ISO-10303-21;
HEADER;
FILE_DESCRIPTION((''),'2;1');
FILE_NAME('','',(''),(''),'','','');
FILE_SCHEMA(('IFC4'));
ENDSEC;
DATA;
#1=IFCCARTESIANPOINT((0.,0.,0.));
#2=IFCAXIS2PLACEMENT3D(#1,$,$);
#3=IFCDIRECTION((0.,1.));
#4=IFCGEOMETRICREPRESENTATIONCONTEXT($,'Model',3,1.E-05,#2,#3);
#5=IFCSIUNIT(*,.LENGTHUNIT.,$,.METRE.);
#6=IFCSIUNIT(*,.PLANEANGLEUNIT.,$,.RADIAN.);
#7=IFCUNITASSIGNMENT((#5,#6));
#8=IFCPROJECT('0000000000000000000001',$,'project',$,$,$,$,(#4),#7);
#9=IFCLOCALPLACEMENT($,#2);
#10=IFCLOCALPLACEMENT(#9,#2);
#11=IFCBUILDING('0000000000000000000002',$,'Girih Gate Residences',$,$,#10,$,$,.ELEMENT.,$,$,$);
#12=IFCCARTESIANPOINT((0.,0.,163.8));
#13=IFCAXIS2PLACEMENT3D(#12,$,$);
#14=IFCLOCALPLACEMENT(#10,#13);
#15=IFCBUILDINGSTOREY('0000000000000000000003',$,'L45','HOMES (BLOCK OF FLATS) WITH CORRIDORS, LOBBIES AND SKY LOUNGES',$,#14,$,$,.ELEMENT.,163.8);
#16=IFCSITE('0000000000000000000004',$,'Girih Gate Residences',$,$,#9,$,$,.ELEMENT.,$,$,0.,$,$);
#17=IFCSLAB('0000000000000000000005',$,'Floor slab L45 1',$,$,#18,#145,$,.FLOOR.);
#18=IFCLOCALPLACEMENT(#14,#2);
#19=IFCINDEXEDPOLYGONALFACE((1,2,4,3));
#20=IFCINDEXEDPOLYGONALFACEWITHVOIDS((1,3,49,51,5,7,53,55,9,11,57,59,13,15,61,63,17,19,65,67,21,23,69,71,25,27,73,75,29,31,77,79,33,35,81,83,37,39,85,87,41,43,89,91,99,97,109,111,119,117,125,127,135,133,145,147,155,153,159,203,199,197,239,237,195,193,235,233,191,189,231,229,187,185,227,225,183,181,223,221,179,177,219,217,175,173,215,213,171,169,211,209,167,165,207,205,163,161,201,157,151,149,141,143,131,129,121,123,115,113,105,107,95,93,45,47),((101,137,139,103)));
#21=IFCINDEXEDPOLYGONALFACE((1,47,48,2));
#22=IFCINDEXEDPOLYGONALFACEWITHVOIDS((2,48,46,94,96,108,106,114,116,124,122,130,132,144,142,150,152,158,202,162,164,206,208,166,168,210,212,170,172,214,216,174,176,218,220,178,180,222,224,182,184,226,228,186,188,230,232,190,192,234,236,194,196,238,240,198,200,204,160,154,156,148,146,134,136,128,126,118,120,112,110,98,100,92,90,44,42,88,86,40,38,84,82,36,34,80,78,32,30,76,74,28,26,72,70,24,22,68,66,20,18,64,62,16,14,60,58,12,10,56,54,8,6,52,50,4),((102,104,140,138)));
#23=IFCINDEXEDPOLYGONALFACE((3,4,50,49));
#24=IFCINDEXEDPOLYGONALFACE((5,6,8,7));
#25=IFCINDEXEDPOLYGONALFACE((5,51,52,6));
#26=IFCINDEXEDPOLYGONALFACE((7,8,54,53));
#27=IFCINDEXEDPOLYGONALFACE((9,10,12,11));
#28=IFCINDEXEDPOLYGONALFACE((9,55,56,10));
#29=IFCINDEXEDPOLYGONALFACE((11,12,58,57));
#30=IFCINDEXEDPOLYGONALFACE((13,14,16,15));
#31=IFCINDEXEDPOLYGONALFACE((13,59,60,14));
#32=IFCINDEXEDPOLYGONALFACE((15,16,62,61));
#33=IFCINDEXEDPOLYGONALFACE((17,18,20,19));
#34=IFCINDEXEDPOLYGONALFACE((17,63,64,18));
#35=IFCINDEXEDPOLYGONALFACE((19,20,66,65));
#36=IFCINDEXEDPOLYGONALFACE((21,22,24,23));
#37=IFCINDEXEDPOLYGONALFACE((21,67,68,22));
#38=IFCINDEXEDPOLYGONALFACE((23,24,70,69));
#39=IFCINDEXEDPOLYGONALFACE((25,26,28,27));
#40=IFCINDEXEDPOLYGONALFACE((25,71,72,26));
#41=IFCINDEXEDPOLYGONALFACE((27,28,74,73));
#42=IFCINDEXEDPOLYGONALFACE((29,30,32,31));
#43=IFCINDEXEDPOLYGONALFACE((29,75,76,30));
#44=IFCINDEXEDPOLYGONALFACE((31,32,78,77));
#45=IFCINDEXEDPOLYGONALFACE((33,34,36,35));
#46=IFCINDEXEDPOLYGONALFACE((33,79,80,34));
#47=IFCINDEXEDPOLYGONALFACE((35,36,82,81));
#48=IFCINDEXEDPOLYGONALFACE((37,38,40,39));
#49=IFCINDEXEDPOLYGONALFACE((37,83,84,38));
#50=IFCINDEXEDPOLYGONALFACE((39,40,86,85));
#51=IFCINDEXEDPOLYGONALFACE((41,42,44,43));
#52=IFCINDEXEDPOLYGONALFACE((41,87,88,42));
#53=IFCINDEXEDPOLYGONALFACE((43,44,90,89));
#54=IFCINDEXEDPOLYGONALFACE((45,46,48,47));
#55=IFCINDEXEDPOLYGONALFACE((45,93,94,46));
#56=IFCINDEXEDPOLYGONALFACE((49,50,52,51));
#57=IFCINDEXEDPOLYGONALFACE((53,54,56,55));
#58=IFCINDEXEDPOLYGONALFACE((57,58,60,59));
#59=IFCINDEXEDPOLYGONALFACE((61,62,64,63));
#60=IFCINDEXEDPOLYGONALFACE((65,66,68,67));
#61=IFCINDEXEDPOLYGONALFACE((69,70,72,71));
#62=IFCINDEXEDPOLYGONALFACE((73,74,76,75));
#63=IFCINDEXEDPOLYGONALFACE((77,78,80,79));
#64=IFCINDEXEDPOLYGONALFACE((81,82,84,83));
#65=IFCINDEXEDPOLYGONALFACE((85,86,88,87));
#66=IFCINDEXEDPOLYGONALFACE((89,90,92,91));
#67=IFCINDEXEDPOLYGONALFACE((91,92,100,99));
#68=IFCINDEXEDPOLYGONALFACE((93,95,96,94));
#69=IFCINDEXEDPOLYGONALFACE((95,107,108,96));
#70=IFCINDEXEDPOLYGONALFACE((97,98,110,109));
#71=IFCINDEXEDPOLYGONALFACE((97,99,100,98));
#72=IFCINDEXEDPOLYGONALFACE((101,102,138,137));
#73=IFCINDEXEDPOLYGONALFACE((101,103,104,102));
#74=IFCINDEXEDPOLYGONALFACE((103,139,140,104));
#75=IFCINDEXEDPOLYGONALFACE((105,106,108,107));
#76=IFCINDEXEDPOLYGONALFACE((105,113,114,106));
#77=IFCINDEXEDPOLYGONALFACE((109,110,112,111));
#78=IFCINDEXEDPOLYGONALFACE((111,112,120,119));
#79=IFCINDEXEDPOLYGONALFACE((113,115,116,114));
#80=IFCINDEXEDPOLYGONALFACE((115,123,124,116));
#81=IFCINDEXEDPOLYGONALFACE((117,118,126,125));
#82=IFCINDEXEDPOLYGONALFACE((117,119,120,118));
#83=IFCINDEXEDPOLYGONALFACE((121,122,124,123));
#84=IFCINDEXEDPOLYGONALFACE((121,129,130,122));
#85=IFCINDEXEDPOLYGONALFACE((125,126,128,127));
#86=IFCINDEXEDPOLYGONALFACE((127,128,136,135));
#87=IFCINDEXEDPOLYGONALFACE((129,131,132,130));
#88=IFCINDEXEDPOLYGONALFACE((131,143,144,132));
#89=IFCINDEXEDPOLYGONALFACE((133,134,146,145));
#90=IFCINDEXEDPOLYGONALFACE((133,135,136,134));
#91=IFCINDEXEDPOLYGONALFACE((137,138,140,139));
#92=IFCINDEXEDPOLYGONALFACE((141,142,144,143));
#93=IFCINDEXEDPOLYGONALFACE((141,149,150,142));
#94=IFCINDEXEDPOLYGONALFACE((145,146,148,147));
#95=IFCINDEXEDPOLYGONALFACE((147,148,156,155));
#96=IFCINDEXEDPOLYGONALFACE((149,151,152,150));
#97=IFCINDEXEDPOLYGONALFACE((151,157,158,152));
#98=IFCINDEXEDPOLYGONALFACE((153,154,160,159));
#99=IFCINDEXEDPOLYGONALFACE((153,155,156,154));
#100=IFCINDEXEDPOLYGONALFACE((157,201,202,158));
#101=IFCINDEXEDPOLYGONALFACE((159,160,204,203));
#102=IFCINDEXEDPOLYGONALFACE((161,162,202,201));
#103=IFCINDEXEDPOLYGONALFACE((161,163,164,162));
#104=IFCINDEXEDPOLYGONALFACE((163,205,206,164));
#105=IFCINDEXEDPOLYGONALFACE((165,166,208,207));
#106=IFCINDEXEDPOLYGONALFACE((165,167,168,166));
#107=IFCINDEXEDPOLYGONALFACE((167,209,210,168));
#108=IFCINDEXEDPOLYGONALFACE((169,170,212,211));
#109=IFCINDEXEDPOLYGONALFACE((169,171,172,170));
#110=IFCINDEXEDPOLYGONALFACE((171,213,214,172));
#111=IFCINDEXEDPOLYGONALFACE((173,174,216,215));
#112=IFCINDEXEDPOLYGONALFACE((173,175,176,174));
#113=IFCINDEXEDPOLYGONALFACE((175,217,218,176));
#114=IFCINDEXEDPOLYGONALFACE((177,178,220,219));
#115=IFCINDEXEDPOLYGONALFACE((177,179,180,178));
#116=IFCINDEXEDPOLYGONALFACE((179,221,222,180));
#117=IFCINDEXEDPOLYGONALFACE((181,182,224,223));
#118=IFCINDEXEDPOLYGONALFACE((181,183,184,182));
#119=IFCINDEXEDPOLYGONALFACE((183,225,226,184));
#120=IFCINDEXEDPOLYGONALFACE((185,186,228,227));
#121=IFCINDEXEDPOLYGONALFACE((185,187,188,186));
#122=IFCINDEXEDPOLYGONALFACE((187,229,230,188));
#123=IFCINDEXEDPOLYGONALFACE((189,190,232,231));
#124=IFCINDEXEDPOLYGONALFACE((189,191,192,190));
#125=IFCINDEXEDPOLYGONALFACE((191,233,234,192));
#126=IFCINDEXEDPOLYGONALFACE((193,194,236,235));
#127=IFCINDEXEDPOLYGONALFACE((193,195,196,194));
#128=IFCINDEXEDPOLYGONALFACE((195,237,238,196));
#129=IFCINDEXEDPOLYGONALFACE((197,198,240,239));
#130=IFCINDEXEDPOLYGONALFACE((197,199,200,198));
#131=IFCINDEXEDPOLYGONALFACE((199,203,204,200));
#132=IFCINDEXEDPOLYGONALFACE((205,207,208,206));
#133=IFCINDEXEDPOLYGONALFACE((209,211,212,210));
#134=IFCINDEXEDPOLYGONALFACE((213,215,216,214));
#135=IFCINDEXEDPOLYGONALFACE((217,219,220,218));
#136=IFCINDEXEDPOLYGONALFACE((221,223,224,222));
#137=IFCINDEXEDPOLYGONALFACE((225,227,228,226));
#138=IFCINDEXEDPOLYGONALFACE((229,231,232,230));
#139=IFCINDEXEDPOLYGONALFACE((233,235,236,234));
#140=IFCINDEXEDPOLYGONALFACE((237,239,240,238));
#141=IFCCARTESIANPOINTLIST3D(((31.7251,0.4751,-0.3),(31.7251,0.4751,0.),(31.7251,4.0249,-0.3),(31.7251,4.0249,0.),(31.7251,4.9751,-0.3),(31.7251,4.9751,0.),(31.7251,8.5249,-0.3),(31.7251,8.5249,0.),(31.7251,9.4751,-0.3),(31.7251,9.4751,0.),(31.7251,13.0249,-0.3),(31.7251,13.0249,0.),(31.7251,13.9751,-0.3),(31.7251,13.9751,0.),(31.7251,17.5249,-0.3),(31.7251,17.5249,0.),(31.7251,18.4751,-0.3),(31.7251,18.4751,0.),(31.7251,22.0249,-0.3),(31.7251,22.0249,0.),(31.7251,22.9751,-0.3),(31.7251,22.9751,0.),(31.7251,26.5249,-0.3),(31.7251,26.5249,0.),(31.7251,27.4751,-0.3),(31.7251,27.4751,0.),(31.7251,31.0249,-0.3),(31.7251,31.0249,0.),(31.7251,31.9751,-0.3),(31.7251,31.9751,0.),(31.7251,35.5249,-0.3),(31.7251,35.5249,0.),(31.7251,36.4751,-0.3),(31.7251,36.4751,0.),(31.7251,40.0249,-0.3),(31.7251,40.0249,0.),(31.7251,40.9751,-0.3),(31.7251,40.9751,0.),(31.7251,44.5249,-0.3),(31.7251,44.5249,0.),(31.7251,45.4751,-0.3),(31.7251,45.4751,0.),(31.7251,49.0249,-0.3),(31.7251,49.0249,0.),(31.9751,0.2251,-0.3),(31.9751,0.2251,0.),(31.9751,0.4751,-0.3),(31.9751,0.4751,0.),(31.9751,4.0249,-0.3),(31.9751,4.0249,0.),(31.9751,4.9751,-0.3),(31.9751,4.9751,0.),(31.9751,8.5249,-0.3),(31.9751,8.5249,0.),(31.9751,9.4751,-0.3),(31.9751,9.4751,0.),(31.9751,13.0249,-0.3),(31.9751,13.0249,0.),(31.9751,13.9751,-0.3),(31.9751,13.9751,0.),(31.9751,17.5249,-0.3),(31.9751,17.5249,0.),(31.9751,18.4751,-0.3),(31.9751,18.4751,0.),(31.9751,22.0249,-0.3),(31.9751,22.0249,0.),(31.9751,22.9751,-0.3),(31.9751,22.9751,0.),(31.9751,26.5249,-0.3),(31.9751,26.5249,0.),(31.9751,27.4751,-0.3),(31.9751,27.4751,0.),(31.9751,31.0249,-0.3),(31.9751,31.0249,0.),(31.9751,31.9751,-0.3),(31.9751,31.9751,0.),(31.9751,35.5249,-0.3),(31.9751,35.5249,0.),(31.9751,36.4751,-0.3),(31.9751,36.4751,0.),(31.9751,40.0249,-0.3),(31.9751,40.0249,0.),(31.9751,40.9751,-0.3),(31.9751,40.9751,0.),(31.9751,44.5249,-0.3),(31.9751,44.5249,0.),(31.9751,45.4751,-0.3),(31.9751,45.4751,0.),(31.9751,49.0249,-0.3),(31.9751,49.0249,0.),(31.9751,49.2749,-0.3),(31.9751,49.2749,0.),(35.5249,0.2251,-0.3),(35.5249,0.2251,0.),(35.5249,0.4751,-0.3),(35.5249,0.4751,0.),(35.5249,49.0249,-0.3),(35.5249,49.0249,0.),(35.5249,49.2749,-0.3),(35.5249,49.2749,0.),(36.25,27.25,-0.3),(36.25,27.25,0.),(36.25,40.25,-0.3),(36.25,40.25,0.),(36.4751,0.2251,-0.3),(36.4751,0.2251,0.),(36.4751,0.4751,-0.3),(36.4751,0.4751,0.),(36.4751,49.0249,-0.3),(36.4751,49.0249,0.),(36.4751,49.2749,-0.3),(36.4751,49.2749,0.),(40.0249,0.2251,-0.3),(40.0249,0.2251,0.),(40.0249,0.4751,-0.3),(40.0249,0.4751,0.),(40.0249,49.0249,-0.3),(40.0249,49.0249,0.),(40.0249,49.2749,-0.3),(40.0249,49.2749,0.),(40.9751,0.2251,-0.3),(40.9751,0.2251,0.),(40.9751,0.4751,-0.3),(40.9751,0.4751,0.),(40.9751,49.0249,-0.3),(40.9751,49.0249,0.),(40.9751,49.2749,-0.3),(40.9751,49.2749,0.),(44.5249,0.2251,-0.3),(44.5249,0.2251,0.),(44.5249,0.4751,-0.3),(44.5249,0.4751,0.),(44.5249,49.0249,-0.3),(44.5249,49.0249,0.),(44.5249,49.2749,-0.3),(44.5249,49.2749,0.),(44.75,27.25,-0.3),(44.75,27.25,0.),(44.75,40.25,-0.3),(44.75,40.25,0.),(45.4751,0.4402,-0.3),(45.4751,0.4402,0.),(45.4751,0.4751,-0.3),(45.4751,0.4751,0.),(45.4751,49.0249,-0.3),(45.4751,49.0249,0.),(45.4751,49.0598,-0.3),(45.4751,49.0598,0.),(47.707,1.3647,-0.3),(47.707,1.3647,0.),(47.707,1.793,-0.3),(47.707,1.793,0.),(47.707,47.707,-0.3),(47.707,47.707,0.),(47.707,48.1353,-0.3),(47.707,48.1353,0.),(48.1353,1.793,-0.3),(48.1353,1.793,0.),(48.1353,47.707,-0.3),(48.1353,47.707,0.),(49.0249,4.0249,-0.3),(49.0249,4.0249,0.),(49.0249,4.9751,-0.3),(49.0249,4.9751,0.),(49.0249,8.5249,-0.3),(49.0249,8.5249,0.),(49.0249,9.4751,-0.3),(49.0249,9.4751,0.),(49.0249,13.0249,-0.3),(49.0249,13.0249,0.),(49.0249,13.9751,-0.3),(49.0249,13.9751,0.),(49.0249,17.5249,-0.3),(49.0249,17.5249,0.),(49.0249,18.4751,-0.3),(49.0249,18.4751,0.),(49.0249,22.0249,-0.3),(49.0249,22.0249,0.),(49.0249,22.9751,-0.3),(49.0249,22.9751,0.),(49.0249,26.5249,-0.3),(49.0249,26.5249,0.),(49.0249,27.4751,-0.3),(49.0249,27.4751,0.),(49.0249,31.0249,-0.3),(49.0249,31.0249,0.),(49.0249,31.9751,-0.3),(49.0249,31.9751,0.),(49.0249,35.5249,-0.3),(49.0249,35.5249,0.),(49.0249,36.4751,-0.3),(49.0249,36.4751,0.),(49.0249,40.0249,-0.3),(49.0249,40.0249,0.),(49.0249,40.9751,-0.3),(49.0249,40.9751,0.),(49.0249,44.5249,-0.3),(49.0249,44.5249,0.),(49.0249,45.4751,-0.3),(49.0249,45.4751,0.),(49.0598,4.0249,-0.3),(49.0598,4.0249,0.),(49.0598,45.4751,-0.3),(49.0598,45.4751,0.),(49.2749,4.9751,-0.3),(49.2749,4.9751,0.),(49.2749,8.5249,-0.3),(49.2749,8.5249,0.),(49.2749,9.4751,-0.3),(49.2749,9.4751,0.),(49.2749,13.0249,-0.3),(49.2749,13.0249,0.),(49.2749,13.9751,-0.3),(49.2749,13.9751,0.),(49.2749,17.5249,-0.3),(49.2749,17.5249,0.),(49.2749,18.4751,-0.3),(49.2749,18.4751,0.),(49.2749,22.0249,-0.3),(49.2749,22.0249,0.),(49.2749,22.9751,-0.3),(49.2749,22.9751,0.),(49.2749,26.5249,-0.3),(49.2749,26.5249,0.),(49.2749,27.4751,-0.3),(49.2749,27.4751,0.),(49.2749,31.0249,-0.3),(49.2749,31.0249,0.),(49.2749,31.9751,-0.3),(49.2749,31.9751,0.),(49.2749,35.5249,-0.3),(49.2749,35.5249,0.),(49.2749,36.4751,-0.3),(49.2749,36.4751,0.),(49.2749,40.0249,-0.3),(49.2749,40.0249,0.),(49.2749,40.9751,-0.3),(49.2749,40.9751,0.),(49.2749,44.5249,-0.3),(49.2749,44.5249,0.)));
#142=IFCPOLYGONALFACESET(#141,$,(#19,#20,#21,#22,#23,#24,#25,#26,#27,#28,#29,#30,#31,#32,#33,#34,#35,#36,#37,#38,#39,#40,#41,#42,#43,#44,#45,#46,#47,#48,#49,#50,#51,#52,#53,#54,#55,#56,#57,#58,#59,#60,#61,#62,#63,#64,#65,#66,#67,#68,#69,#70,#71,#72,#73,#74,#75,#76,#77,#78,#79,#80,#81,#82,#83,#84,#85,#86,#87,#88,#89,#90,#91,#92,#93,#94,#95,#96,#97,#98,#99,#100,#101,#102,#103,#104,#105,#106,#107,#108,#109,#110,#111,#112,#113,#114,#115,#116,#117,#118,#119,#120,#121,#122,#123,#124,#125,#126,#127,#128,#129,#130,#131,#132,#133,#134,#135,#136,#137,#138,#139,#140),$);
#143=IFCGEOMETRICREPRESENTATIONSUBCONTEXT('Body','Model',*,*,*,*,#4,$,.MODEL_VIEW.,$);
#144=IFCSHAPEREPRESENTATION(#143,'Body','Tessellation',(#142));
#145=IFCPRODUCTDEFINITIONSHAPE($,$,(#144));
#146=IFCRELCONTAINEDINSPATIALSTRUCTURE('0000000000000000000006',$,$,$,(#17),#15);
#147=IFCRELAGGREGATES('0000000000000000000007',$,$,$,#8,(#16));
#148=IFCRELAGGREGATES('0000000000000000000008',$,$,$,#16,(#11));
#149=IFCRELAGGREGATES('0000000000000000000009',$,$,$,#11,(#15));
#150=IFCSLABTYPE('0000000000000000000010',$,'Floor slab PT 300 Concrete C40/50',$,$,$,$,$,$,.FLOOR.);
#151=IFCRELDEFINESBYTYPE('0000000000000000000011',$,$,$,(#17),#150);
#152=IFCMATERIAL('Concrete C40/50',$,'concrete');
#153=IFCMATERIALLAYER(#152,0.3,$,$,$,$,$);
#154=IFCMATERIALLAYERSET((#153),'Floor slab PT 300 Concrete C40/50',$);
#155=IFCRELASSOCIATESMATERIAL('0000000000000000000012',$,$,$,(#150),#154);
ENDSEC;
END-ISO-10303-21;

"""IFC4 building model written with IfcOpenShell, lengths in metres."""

from ifc_helpers import new_model, si_unit, direction, frame, origin, place, context, subcontext, project, spatial, polyline, outline, extrude, material, layer, layer_set, type_object, element, save


model = new_model("IFC4")

# Units and contexts
model_context = context("Model", 3, precision=1e-05, world=origin(), true_north=direction((0.0, 1.0)))
body_context = subcontext(model_context, "Body", "Model", "MODEL_VIEW")
ifc_project = project(units=[si_unit("LENGTHUNIT", "METRE"), si_unit("PLANEANGLEUNIT", "RADIAN")], contexts=[model_context])

# Site, building, storey
site_placement = place(None, origin())
site = spatial("IfcSite", under=ifc_project, at=site_placement, Name="Girih Gate Residences", CompositionType="ELEMENT", RefElevation=0.0)
building_placement = place(site_placement, origin())
building = spatial("IfcBuilding", under=site, at=building_placement, Name="Girih Gate Residences", CompositionType="ELEMENT")
storey_placement = place(building_placement, frame((0.0, 0.0, 163.8)))
storey = spatial("IfcBuildingStorey", under=building, at=storey_placement, Name="L45", Description="HOMES (BLOCK OF FLATS) WITH CORRIDORS, LOBBIES AND SKY LOUNGES", CompositionType="ELEMENT", Elevation=163.8)

# Slab
ifc_material_1 = material(Name="Concrete C40/50", Category="concrete")
ifc_layer_1 = layer(ifc_material_1, 0.3)
ifc_layer_set_1 = layer_set([ifc_layer_1], Name="Floor slab PT 300 Concrete C40/50")
slab_type_1 = type_object("IfcSlabType", Name="Floor slab PT 300 Concrete C40/50", PredefinedType="FLOOR", material=ifc_layer_set_1)
slab_1_placement = place(storey_placement, frame((0.0, 0.0, -0.3)))
element("IfcSlab", 1, at=slab_1_placement, inside=storey, type_object=slab_type_1, Name="Floor slab L45 1", PredefinedType="FLOOR", context=body_context, shape_type="SweptSolid", body=[
    extrude(outline(polyline([(35.5249, 49.2749), (31.9751, 49.2749), (31.9751, 49.0249), (31.7251, 49.0249), (31.7251, 45.4751), (31.9751, 45.4751), (31.9751, 44.5249), (31.7251, 44.5249), (31.7251, 40.9751), (31.9751, 40.9751), (31.9751, 40.0249), (31.7251, 40.0249), (31.7251, 36.4751), (31.9751, 36.4751), (31.9751, 35.5249), (31.7251, 35.5249), (31.7251, 31.9751), (31.9751, 31.9751), (31.9751, 31.0249), (31.7251, 31.0249), (31.7251, 27.4751), (31.9751, 27.4751), (31.9751, 26.5249), (31.7251, 26.5249), (31.7251, 22.9751), (31.9751, 22.9751), (31.9751, 22.0249), (31.7251, 22.0249), (31.7251, 18.4751), (31.9751, 18.4751), (31.9751, 17.5249), (31.7251, 17.5249), (31.7251, 13.9751), (31.9751, 13.9751), (31.9751, 13.0249), (31.7251, 13.0249), (31.7251, 9.4751), (31.9751, 9.4751), (31.9751, 8.5249), (31.7251, 8.5249), (31.7251, 4.9751), (31.9751, 4.9751), (31.9751, 4.0249), (31.7251, 4.0249), (31.7251, 0.4751), (31.9751, 0.4751), (31.9751, 0.2251), (35.5249, 0.2251), (35.5249, 0.4751), (36.4751, 0.4751), (36.4751, 0.2251), (40.0249, 0.2251), (40.0249, 0.4751), (40.9751, 0.4751), (40.9751, 0.2251), (44.5249, 0.2251), (44.5249, 0.4751), (45.4751, 0.4751), (45.4751, 0.4402), (47.707, 1.3647), (47.707, 1.793), (48.1353, 1.793), (49.0598, 4.0249), (49.0249, 4.0249), (49.0249, 4.9751), (49.2749, 4.9751), (49.2749, 8.5249), (49.0249, 8.5249), (49.0249, 9.4751), (49.2749, 9.4751), (49.2749, 13.0249), (49.0249, 13.0249), (49.0249, 13.9751), (49.2749, 13.9751), (49.2749, 17.5249), (49.0249, 17.5249), (49.0249, 18.4751), (49.2749, 18.4751), (49.2749, 22.0249), (49.0249, 22.0249), (49.0249, 22.9751), (49.2749, 22.9751), (49.2749, 26.5249), (49.0249, 26.5249), (49.0249, 27.4751), (49.2749, 27.4751), (49.2749, 31.0249), (49.0249, 31.0249), (49.0249, 31.9751), (49.2749, 31.9751), (49.2749, 35.5249), (49.0249, 35.5249), (49.0249, 36.4751), (49.2749, 36.4751), (49.2749, 40.0249), (49.0249, 40.0249), (49.0249, 40.9751), (49.2749, 40.9751), (49.2749, 44.5249), (49.0249, 44.5249), (49.0249, 45.4751), (49.0598, 45.4751), (48.1353, 47.707), (47.707, 47.707), (47.707, 48.1353), (45.4751, 49.0598), (45.4751, 49.0249), (44.5249, 49.0249), (44.5249, 49.2749), (40.9751, 49.2749), (40.9751, 49.0249), (40.0249, 49.0249), (40.0249, 49.2749), (36.4751, 49.2749), (36.4751, 49.0249), (35.5249, 49.0249), (35.5249, 49.2749)]), holes=[polyline([(44.75, 40.25), (44.75, 27.25), (36.25, 27.25), (36.25, 40.25), (44.75, 40.25)])]), origin(), (0.0, 0.0, 1.0), 0.3),
])

save(model, "model.ifc")
